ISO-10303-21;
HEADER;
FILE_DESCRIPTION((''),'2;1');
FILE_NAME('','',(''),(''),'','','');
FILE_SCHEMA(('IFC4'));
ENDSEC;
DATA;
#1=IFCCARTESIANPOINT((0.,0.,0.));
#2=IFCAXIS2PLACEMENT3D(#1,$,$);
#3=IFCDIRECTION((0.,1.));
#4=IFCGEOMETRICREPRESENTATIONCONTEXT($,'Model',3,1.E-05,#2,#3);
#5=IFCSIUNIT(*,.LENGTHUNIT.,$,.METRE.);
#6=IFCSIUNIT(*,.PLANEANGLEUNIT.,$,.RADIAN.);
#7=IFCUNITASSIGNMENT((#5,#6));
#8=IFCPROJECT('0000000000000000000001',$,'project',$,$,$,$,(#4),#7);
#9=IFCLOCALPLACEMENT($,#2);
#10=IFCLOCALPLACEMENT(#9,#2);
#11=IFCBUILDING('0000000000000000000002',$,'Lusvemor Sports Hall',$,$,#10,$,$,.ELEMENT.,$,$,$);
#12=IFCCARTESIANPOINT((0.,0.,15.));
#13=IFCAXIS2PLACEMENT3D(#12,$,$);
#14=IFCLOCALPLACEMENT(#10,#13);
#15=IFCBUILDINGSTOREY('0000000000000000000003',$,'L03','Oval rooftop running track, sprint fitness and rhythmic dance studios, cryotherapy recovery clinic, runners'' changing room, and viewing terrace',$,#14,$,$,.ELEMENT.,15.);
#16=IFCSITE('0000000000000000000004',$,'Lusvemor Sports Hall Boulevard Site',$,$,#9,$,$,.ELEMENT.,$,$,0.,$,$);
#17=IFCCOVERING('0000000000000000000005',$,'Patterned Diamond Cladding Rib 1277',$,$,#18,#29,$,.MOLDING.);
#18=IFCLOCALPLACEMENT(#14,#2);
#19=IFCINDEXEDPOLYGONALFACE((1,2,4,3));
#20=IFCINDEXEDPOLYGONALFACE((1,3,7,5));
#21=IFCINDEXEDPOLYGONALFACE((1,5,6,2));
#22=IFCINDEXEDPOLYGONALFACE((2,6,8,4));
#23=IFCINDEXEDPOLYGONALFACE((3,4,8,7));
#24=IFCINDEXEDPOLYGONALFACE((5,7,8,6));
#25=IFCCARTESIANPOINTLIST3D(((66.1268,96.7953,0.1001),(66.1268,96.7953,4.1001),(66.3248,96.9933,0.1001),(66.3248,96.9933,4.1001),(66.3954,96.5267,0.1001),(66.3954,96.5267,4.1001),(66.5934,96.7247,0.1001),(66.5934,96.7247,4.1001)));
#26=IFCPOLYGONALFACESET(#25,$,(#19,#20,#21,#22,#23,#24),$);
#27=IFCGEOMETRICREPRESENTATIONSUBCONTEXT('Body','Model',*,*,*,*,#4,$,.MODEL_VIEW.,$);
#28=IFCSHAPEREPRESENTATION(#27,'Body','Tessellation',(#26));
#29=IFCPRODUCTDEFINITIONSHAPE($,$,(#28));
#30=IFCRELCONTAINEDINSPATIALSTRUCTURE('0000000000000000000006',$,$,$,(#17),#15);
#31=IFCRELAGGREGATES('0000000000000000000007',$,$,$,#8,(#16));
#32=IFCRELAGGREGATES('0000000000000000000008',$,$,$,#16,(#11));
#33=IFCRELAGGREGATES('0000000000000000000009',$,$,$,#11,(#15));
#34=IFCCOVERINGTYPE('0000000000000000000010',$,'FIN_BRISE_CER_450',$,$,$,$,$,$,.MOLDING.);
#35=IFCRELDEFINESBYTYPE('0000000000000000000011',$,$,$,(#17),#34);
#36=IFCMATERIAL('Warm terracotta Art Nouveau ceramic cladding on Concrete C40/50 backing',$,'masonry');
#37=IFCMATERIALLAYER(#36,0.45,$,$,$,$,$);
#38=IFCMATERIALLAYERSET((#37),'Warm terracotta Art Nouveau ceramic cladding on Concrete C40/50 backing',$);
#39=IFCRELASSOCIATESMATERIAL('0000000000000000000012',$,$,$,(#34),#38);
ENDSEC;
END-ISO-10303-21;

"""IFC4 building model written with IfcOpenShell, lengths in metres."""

from ifc_helpers import new_model, si_unit, direction, frame, origin, origin_2d, place, context, subcontext, project, spatial, rectangle, extrude, material, layer, layer_set, type_object, element, save


model = new_model("IFC4")

# Units and contexts
model_context = context("Model", 3, precision=1e-05, world=origin(), true_north=direction((0.0, 1.0)))
body_context = subcontext(model_context, "Body", "Model", "MODEL_VIEW")
ifc_project = project(units=[si_unit("LENGTHUNIT", "METRE"), si_unit("PLANEANGLEUNIT", "RADIAN")], contexts=[model_context])

# Site, building, storey
site_placement = place(None, origin())
site = spatial("IfcSite", under=ifc_project, at=site_placement, Name="Lusvemor Sports Hall Boulevard Site", CompositionType="ELEMENT", RefElevation=0.0)
building_placement = place(site_placement, origin())
building = spatial("IfcBuilding", under=site, at=building_placement, Name="Lusvemor Sports Hall", CompositionType="ELEMENT")
storey_placement = place(building_placement, frame((0.0, 0.0, 15.0)))
storey = spatial("IfcBuildingStorey", under=building, at=storey_placement, Name="L03", Description="Oval rooftop running track, sprint fitness and rhythmic dance studios, cryotherapy recovery clinic, runners' changing room, and viewing terrace", CompositionType="ELEMENT", Elevation=15.0)

# Covering
ifc_material_1 = material(Name="Warm terracotta Art Nouveau ceramic cladding on Concrete C40/50 backing", Category="masonry")
ifc_layer_1 = layer(ifc_material_1, 0.45)
ifc_layer_set_1 = layer_set([ifc_layer_1], Name="Warm terracotta Art Nouveau ceramic cladding on Concrete C40/50 backing")
covering_type_1 = type_object("IfcCoveringType", Name="FIN_BRISE_CER_450", PredefinedType="MOLDING", material=ifc_layer_set_1)
for number, where, z_axis, x_axis, name in (
    (1, (66.3601, 96.76, 0.1001), (0.0, 0.0, 1.0), (0.707107, 0.707107, 0.0), "Patterned Diamond Cladding Rib 1277"),
):
    element("IfcCovering", number, at=place(storey_placement, frame(where, z_axis=z_axis, x_axis=x_axis)), inside=storey, type_object=covering_type_1, Name=name, PredefinedType="MOLDING", context=body_context, shape_type="SweptSolid", body=[
        extrude(rectangle(XDim=0.28, YDim=0.3799, at=origin_2d()), origin(), (0.0, 0.0, 1.0), 4.0),
    ])

save(model, "model.ifc")
